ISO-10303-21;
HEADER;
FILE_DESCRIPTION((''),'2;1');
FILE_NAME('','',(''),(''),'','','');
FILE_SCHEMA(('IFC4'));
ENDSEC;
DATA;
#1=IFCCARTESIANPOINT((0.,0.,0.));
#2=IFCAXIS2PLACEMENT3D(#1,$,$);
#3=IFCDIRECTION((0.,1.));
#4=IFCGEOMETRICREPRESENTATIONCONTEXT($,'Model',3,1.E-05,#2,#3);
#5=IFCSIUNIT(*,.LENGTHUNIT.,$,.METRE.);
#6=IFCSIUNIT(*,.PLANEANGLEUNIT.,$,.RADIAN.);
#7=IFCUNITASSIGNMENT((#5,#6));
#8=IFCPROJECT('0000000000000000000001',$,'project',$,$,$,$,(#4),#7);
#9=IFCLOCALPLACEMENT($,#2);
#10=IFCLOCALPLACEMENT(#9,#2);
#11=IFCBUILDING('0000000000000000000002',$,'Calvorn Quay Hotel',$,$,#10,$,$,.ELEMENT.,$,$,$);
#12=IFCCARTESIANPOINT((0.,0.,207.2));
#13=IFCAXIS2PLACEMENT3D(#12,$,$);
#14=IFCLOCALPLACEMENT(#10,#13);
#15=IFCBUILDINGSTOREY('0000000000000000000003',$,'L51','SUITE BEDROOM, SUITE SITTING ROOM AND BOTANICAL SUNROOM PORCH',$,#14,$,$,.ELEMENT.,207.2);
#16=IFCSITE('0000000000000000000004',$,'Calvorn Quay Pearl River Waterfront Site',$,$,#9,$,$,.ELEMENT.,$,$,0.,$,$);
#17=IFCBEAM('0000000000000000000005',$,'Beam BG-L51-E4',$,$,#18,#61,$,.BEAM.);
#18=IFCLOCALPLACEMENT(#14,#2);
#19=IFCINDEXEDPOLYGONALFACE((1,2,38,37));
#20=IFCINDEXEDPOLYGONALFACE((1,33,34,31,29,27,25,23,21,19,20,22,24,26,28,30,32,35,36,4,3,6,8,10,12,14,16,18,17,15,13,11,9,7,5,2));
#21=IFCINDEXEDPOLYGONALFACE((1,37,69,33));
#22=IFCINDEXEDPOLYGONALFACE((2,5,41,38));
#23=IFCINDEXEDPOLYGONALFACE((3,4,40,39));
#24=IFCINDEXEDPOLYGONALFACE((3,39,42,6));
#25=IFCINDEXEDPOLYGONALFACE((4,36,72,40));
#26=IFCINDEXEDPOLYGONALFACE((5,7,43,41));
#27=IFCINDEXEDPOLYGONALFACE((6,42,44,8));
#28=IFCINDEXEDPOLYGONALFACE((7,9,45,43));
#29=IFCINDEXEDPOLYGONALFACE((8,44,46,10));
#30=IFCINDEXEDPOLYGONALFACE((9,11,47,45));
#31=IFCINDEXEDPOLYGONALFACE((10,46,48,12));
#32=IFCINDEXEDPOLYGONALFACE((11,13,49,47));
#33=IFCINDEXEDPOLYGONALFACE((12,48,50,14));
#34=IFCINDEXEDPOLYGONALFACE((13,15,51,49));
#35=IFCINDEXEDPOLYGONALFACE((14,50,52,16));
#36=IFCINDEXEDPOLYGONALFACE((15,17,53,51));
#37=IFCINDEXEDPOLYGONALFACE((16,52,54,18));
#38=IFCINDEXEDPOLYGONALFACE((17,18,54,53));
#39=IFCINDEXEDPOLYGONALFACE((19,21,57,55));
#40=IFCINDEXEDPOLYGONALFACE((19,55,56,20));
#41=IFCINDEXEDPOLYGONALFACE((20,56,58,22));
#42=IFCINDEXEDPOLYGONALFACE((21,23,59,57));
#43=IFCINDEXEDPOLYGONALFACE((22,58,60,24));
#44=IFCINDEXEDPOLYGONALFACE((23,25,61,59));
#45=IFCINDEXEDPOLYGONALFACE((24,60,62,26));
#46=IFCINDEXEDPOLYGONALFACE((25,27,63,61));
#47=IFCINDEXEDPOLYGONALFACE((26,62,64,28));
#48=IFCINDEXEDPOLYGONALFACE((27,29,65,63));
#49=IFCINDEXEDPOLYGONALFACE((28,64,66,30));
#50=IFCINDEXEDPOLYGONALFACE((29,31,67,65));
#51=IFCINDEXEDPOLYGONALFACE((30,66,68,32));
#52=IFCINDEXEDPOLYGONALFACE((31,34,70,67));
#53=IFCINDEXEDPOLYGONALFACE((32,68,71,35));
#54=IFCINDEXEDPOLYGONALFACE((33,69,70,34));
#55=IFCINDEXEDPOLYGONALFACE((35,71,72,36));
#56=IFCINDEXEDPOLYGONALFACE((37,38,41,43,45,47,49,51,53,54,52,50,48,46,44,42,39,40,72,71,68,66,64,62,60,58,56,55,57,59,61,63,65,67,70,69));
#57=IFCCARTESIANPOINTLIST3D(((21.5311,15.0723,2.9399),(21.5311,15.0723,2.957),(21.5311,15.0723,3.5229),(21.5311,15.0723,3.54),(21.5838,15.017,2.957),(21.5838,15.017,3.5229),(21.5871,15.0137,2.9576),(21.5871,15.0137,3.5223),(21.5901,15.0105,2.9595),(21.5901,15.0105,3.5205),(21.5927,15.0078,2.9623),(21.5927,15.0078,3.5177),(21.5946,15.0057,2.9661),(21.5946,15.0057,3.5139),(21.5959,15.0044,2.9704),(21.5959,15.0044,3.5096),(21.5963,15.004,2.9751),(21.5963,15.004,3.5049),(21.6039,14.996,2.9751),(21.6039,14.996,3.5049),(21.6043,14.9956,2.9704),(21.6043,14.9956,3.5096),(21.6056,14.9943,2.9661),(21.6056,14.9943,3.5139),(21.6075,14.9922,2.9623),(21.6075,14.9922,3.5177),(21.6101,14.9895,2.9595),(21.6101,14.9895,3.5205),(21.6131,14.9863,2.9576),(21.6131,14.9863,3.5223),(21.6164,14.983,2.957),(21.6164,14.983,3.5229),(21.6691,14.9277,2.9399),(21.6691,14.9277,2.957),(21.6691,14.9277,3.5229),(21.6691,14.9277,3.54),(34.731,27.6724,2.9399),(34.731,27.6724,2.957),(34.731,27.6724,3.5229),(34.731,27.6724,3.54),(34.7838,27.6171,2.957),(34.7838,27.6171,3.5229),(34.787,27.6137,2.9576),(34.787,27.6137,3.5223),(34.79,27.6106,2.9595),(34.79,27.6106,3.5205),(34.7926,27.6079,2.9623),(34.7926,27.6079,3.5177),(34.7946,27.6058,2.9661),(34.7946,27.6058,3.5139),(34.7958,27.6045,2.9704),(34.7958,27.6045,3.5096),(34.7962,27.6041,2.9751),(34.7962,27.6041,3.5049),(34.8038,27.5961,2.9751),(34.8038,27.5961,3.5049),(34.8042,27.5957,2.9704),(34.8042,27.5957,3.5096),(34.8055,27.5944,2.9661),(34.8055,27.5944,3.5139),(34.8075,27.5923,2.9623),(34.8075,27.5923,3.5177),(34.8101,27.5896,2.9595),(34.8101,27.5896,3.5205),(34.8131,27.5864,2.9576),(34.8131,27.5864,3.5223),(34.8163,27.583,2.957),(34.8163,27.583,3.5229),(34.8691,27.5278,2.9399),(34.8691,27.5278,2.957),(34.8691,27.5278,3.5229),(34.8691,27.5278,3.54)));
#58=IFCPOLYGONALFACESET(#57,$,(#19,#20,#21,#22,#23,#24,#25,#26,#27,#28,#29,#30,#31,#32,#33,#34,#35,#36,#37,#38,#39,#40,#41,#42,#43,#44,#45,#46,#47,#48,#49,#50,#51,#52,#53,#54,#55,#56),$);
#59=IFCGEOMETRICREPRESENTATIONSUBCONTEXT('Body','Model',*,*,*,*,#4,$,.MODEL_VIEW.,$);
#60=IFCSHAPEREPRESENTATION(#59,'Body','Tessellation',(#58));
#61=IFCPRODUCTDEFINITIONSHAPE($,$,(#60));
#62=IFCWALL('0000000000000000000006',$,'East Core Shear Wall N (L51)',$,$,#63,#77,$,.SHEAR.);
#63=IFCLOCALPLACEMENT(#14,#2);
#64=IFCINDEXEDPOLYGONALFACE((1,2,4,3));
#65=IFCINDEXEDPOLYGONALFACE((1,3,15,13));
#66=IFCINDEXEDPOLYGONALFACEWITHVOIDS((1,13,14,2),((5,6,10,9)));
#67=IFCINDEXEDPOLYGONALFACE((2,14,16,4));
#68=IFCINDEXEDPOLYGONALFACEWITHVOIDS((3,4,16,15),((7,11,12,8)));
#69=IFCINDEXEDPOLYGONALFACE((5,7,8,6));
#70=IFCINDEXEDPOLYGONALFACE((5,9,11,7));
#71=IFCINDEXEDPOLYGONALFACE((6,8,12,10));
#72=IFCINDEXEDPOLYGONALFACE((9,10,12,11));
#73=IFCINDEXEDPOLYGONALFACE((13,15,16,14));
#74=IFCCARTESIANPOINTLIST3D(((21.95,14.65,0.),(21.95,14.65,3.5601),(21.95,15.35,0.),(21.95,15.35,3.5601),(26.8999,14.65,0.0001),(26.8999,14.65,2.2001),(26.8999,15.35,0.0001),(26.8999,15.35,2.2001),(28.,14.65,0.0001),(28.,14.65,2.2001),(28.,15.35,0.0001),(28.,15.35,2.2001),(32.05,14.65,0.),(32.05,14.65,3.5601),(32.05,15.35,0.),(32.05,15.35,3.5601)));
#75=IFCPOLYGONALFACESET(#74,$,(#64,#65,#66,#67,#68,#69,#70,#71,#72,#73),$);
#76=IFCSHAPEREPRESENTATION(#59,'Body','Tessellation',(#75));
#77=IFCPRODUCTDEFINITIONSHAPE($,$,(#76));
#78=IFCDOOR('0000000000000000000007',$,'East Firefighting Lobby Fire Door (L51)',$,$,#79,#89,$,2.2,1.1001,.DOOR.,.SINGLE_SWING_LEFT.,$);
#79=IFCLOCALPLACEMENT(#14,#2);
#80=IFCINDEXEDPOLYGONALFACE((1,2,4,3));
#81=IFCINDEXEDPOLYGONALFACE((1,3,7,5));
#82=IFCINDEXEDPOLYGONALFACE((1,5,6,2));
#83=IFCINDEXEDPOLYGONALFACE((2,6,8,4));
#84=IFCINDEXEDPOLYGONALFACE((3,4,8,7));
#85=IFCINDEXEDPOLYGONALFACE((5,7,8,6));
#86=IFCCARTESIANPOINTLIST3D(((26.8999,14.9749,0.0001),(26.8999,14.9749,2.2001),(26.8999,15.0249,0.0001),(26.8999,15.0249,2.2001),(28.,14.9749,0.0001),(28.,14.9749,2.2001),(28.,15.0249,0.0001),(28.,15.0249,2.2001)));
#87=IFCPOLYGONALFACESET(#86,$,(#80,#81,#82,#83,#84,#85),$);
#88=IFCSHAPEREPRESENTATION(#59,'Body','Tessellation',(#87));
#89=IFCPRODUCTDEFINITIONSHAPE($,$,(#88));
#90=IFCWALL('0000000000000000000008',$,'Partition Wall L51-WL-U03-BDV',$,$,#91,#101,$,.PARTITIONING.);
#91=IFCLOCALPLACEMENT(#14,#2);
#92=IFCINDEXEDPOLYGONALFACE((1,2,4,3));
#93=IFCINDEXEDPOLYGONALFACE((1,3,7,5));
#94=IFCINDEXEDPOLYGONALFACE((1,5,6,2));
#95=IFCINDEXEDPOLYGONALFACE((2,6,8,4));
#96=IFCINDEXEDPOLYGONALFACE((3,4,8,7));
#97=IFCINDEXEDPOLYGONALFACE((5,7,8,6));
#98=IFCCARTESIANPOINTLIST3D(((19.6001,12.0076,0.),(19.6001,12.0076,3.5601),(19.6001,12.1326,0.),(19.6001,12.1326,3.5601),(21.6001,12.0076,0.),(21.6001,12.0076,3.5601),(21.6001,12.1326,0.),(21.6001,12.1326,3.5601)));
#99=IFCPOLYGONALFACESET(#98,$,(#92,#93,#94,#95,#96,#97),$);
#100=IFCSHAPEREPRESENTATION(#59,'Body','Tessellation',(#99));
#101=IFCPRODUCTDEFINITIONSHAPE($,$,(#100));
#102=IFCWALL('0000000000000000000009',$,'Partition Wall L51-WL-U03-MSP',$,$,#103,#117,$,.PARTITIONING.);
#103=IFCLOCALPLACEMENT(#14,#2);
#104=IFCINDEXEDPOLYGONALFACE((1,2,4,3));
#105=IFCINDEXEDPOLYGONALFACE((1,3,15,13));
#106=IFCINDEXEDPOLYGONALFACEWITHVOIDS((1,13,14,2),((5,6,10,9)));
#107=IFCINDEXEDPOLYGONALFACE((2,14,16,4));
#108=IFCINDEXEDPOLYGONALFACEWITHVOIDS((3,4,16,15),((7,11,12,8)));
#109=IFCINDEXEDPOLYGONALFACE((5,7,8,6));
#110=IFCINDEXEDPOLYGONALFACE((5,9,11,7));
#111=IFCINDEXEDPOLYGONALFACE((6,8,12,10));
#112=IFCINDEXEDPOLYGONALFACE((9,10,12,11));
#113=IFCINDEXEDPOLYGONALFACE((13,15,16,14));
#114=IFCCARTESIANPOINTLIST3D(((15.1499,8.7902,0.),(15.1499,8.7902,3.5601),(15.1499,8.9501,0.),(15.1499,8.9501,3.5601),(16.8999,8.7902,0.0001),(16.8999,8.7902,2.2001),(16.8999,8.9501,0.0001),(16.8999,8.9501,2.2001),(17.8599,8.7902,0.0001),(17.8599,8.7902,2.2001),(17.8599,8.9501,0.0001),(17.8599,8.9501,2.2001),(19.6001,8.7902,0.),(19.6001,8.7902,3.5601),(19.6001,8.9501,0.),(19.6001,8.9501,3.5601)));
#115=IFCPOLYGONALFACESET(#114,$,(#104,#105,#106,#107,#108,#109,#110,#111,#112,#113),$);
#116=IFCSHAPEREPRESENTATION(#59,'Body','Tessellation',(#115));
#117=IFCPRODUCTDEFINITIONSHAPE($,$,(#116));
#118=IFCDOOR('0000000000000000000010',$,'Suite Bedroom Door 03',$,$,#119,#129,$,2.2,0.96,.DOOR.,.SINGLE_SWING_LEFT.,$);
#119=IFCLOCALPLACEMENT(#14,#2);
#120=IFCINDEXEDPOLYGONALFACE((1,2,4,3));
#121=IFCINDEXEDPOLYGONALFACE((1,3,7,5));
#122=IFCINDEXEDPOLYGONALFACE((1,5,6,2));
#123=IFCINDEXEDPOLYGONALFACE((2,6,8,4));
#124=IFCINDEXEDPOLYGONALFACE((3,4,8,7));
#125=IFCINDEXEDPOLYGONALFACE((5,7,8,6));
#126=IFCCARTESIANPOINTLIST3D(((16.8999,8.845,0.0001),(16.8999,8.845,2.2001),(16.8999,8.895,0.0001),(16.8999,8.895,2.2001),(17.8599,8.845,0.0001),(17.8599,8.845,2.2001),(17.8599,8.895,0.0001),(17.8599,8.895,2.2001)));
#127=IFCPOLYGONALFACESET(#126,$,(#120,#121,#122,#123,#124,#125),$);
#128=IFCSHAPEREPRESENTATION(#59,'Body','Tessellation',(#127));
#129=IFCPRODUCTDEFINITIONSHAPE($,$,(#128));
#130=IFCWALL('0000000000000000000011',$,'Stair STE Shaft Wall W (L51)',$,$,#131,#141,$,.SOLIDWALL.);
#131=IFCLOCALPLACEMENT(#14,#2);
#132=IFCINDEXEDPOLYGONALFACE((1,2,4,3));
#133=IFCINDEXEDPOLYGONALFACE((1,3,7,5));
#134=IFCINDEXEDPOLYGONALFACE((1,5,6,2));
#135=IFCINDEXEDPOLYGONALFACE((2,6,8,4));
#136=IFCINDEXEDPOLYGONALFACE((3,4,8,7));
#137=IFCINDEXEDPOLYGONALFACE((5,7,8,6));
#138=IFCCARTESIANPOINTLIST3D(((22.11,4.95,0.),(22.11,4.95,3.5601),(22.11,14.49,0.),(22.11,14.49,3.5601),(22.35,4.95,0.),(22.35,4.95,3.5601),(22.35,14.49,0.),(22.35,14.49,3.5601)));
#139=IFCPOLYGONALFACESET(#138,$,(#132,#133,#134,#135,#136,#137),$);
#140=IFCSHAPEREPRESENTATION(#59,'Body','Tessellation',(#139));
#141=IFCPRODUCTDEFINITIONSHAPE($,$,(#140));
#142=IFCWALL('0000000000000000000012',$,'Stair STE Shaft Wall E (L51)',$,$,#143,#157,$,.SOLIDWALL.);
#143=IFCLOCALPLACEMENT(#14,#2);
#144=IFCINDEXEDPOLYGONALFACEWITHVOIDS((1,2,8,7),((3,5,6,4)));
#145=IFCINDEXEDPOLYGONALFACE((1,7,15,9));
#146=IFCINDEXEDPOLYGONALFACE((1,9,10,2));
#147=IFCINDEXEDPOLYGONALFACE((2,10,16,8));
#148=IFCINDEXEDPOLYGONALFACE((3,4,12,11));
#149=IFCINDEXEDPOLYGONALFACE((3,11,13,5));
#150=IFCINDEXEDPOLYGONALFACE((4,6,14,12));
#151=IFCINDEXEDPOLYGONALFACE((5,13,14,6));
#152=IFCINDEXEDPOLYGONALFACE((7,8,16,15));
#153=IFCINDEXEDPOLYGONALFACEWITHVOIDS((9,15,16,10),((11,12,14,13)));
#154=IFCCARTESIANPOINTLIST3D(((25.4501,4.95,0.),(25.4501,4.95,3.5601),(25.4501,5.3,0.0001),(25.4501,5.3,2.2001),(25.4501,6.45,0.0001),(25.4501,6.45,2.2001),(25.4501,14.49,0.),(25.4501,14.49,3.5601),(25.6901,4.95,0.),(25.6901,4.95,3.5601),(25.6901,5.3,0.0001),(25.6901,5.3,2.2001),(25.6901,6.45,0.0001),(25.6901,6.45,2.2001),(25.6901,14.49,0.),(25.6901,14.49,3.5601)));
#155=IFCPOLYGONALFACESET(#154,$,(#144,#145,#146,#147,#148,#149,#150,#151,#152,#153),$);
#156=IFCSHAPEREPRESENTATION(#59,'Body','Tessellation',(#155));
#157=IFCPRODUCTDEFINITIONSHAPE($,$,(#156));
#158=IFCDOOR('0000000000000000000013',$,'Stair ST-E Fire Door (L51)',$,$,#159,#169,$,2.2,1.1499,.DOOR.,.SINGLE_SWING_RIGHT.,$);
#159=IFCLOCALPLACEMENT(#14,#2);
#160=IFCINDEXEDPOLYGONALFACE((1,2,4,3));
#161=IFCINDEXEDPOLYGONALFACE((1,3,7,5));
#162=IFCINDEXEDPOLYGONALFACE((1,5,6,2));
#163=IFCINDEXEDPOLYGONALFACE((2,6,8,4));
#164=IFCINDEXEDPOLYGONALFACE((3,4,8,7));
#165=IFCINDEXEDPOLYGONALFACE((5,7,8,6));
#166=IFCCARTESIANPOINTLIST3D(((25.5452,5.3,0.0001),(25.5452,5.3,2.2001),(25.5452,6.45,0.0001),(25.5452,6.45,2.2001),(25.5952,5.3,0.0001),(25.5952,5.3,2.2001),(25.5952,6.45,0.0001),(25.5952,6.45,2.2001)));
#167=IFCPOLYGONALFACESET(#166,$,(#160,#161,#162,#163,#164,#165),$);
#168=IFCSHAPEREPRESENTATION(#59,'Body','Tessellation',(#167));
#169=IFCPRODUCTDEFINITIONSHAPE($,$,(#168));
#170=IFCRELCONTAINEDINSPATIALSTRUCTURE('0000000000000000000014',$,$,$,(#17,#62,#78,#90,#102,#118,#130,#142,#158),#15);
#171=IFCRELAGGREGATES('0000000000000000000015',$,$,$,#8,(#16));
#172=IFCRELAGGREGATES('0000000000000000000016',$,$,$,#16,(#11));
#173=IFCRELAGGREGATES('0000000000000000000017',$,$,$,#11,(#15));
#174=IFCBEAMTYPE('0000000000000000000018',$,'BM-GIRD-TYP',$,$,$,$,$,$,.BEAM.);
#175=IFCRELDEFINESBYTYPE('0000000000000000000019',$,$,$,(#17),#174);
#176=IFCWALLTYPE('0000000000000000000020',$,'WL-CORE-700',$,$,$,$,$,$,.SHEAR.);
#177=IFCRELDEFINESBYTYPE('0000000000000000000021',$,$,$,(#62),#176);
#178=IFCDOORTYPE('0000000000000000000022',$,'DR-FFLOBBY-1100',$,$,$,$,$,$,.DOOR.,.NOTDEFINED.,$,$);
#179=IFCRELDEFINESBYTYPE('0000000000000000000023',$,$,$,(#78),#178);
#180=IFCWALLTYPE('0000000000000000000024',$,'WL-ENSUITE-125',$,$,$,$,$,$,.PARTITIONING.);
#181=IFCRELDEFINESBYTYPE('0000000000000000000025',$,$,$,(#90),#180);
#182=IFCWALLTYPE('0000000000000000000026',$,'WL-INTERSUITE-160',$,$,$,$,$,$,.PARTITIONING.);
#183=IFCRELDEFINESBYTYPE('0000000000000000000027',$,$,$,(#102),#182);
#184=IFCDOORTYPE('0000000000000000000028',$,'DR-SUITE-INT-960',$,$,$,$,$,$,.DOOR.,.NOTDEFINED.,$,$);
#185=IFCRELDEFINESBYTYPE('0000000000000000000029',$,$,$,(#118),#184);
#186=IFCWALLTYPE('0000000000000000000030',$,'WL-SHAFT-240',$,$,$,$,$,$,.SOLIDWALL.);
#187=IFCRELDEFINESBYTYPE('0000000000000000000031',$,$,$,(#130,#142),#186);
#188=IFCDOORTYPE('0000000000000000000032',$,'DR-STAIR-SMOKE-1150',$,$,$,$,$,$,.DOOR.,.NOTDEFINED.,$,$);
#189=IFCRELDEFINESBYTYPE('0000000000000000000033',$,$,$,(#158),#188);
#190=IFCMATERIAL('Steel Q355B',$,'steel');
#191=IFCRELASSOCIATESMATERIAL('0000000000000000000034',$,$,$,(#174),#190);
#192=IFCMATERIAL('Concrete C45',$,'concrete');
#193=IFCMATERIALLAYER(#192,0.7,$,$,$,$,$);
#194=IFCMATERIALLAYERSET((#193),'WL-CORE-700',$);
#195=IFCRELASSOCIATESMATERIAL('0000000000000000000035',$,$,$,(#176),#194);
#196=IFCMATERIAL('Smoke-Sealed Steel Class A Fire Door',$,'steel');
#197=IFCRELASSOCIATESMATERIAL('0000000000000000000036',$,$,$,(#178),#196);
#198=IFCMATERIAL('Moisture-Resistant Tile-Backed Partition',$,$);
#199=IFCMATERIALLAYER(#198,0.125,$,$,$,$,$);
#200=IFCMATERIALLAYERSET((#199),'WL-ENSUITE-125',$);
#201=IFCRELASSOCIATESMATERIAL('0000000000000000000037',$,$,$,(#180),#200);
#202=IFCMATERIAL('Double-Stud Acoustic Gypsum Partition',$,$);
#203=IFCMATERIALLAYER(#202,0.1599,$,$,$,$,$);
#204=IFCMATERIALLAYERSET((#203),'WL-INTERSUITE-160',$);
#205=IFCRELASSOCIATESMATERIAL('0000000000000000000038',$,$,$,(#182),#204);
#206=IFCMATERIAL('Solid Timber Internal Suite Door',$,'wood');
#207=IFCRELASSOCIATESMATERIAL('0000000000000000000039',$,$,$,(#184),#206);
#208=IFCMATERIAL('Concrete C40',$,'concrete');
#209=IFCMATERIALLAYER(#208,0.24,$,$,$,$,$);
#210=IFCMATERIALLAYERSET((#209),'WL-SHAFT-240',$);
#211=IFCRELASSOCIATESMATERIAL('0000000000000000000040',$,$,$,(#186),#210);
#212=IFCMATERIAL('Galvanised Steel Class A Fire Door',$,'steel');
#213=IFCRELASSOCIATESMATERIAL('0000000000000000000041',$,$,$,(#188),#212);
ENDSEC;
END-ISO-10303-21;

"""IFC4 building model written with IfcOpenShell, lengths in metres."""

from ifc_helpers import new_model, si_unit, direction, frame, frame_2d, origin, origin_2d, place, context, subcontext, project, spatial, rectangle, i_section, extrude, material, layer, layer_set, material_profile, profile_set, type_object, element, fill, save


model = new_model("IFC4")

# Units and contexts
model_context = context("Model", 3, precision=1e-05, world=origin(), true_north=direction((0.0, 1.0)))
body_context = subcontext(model_context, "Body", "Model", "MODEL_VIEW")
ifc_project = project(units=[si_unit("LENGTHUNIT", "METRE"), si_unit("PLANEANGLEUNIT", "RADIAN")], contexts=[model_context])

# Site, building, storey
site_placement = place(None, origin())
site = spatial("IfcSite", under=ifc_project, at=site_placement, Name="Calvorn Quay Pearl River Waterfront Site", CompositionType="ELEMENT", RefElevation=0.0)
building_placement = place(site_placement, origin())
building = spatial("IfcBuilding", under=site, at=building_placement, Name="Calvorn Quay Hotel", CompositionType="ELEMENT")
storey_placement = place(building_placement, frame((0.0, 0.0, 207.2)))
storey = spatial("IfcBuildingStorey", under=building, at=storey_placement, Name="L51", Description="SUITE BEDROOM, SUITE SITTING ROOM AND BOTANICAL SUNROOM PORCH", CompositionType="ELEMENT", Elevation=207.2)

# Beam
ifc_material_1 = material(Name="Steel Q355B", Category="steel")
ifc_material_profile = material_profile(ifc_material_1, i_section(OverallWidth=0.2, OverallDepth=0.6001, WebThickness=0.011, FlangeThickness=0.0171, FilletRadius=0.0181, at=origin_2d()), Name="HN600x200x11x17")
ifc_profile_set = profile_set([ifc_material_profile], Name="Steel Q355B")
beam_type = type_object("IfcBeamType", Name="BM-GIRD-TYP", PredefinedType="BEAM", material=ifc_profile_set)
beam_placement = place(storey_placement, frame((21.6001, 15.0, 3.24), z_axis=(0.723352, 0.69048, 0.0), x_axis=(-0.69048, 0.723352, 0.0)))
element("IfcBeam", 1, at=beam_placement, inside=storey, type_object=beam_type, Name="Beam BG-L51-E4", PredefinedType="BEAM", context=body_context, shape_type="SweptSolid", body=[
    extrude(i_section(OverallWidth=0.2, OverallDepth=0.6001, WebThickness=0.011, FlangeThickness=0.0171, FilletRadius=0.0181, at=origin_2d()), origin(), (0.0, 0.0, 1.0), 18.2483),
])

# Wall, opening, door
ifc_material_2 = material(Name="Concrete C45", Category="concrete")
ifc_layer_1 = layer(ifc_material_2, 0.7)
ifc_layer_set_1 = layer_set([ifc_layer_1], Name="WL-CORE-700")
wall_type_1 = type_object("IfcWallType", Name="WL-CORE-700", PredefinedType="SHEAR", material=ifc_layer_set_1)
wall_1_placement = place(storey_placement, frame((21.95, 15.0, 0.0), z_axis=(0.0, 0.0, 1.0), x_axis=(1.0, 0.0, 0.0)))
wall_1 = element("IfcWall", 2, at=wall_1_placement, inside=storey, type_object=wall_type_1, Name="East Core Shear Wall N (L51)", PredefinedType="SHEAR", context=body_context, shape_type="SweptSolid", body=[
    extrude(rectangle(XDim=10.1001, YDim=0.7, at=frame_2d((5.05, 0.0))), origin(), (0.0, 0.0, 1.0), 3.5601),
])
opening_1_placement = place(wall_1_placement, frame((4.95, 0.0, 0.0)))
opening_1 = element("IfcOpeningElement", 3, at=opening_1_placement, cuts=wall_1, PredefinedType="OPENING", context=body_context, shape_type="SweptSolid", body=[
    extrude(rectangle(XDim=1.1001, YDim=2.2, at=frame_2d((0.55, 1.1001))), frame((0.0, 0.3599, 0.0), z_axis=(0.0, -1.0, 0.0), x_axis=(1.0, 0.0, 0.0)), (0.0, 0.0, 1.0), 0.72),
])
ifc_material_3 = material(Name="Smoke-Sealed Steel Class A Fire Door", Category="steel")
door_type_1 = type_object("IfcDoorType", Name="DR-FFLOBBY-1100", OperationType="NOTDEFINED", PredefinedType="DOOR", material=ifc_material_3)
door_1_placement = place(opening_1_placement, origin())
door_1 = element("IfcDoor", 4, at=door_1_placement, inside=storey, type_object=door_type_1, Name="East Firefighting Lobby Fire Door (L51)", OperationType="SINGLE_SWING_LEFT", OverallHeight=2.2, OverallWidth=1.1001, PredefinedType="DOOR", context=body_context, shape_type="SweptSolid", body=[
    extrude(rectangle(XDim=1.1001, YDim=2.2, at=frame_2d((0.55, 1.1001))), frame((0.0, 0.0249, 0.0), z_axis=(0.0, -1.0, 0.0), x_axis=(1.0, 0.0, 0.0)), (0.0, 0.0, 1.0), 0.05),
])
fill(opening_1, door_1)

# Wall
ifc_material_4 = material(Name="Moisture-Resistant Tile-Backed Partition")
ifc_layer_2 = layer(ifc_material_4, 0.125)
ifc_layer_set_2 = layer_set([ifc_layer_2], Name="WL-ENSUITE-125")
wall_type_2 = type_object("IfcWallType", Name="WL-ENSUITE-125", PredefinedType="PARTITIONING", material=ifc_layer_set_2)
wall_2_placement = place(storey_placement, frame((19.6001, 12.0701, 0.0), z_axis=(0.0, 0.0, 1.0), x_axis=(1.0, 0.0, 0.0)))
element("IfcWall", 5, at=wall_2_placement, inside=storey, type_object=wall_type_2, Name="Partition Wall L51-WL-U03-BDV", PredefinedType="PARTITIONING", context=body_context, shape_type="SweptSolid", body=[
    extrude(rectangle(XDim=2.0, YDim=0.125, at=frame_2d((1.0, 0.0))), origin(), (0.0, 0.0, 1.0), 3.5601),
])

# Wall, opening, door
ifc_material_5 = material(Name="Double-Stud Acoustic Gypsum Partition")
ifc_layer_3 = layer(ifc_material_5, 0.1599)
ifc_layer_set_3 = layer_set([ifc_layer_3], Name="WL-INTERSUITE-160")
wall_type_3 = type_object("IfcWallType", Name="WL-INTERSUITE-160", PredefinedType="PARTITIONING", material=ifc_layer_set_3)
wall_3_placement = place(storey_placement, frame((15.1499, 8.8701, 0.0), z_axis=(0.0, 0.0, 1.0), x_axis=(1.0, 0.0, 0.0)))
wall_3 = element("IfcWall", 6, at=wall_3_placement, inside=storey, type_object=wall_type_3, Name="Partition Wall L51-WL-U03-MSP", PredefinedType="PARTITIONING", context=body_context, shape_type="SweptSolid", body=[
    extrude(rectangle(XDim=4.4502, YDim=0.1599, at=frame_2d((2.2251, 0.0))), origin(), (0.0, 0.0, 1.0), 3.5601),
])
opening_2_placement = place(wall_3_placement, frame((1.75, 0.0, 0.0)))
opening_2 = element("IfcOpeningElement", 7, at=opening_2_placement, cuts=wall_3, PredefinedType="OPENING", context=body_context, shape_type="SweptSolid", body=[
    extrude(rectangle(XDim=0.96, YDim=2.2, at=frame_2d((0.48, 1.1001))), frame((0.0, 0.0898, 0.0), z_axis=(0.0, -1.0, 0.0), x_axis=(1.0, 0.0, 0.0)), (0.0, 0.0, 1.0), 0.1799),
])
ifc_material_6 = material(Name="Solid Timber Internal Suite Door", Category="wood")
door_type_2 = type_object("IfcDoorType", Name="DR-SUITE-INT-960", OperationType="NOTDEFINED", PredefinedType="DOOR", material=ifc_material_6)
door_2_placement = place(opening_2_placement, origin())
door_2 = element("IfcDoor", 8, at=door_2_placement, inside=storey, type_object=door_type_2, Name="Suite Bedroom Door 03", OperationType="SINGLE_SWING_LEFT", OverallHeight=2.2, OverallWidth=0.96, PredefinedType="DOOR", context=body_context, shape_type="SweptSolid", body=[
    extrude(rectangle(XDim=0.96, YDim=2.2, at=frame_2d((0.48, 1.1001))), frame((0.0, 0.0249, 0.0), z_axis=(0.0, -1.0, 0.0), x_axis=(1.0, 0.0, 0.0)), (0.0, 0.0, 1.0), 0.05),
])
fill(opening_2, door_2)

# Wall
ifc_material_7 = material(Name="Concrete C40", Category="concrete")
ifc_layer_4 = layer(ifc_material_7, 0.24)
ifc_layer_set_4 = layer_set([ifc_layer_4], Name="WL-SHAFT-240")
wall_type_4 = type_object("IfcWallType", Name="WL-SHAFT-240", PredefinedType="SOLIDWALL", material=ifc_layer_set_4)
wall_4_placement = place(storey_placement, frame((22.23, 4.95, 0.0), z_axis=(0.0, 0.0, 1.0), x_axis=(0.0, 1.0, 0.0)))
element("IfcWall", 9, at=wall_4_placement, inside=storey, type_object=wall_type_4, Name="Stair STE Shaft Wall W (L51)", PredefinedType="SOLIDWALL", context=body_context, shape_type="SweptSolid", body=[
    extrude(rectangle(XDim=9.54, YDim=0.24, at=frame_2d((4.77, 0.0))), origin(), (0.0, 0.0, 1.0), 3.5601),
])

# Wall, opening, door
wall_5_placement = place(storey_placement, frame((25.5701, 4.95, 0.0), z_axis=(0.0, 0.0, 1.0), x_axis=(0.0, 1.0, 0.0)))
wall_5 = element("IfcWall", 10, at=wall_5_placement, inside=storey, type_object=wall_type_4, Name="Stair STE Shaft Wall E (L51)", PredefinedType="SOLIDWALL", context=body_context, shape_type="SweptSolid", body=[
    extrude(rectangle(XDim=9.54, YDim=0.24, at=frame_2d((4.77, 0.0))), origin(), (0.0, 0.0, 1.0), 3.5601),
])
opening_3_placement = place(wall_5_placement, frame((0.3501, 0.0, 0.0)))
opening_3 = element("IfcOpeningElement", 11, at=opening_3_placement, cuts=wall_5, PredefinedType="OPENING", context=body_context, shape_type="SweptSolid", body=[
    extrude(rectangle(XDim=1.1499, YDim=2.2, at=frame_2d((0.575, 1.1001))), frame((0.0, 0.1299, 0.0), z_axis=(0.0, -1.0, 0.0), x_axis=(1.0, 0.0, 0.0)), (0.0, 0.0, 1.0), 0.26),
])
ifc_material_8 = material(Name="Galvanised Steel Class A Fire Door", Category="steel")
door_type_3 = type_object("IfcDoorType", Name="DR-STAIR-SMOKE-1150", OperationType="NOTDEFINED", PredefinedType="DOOR", material=ifc_material_8)
door_3_placement = place(opening_3_placement, origin())
door_3 = element("IfcDoor", 12, at=door_3_placement, inside=storey, type_object=door_type_3, Name="Stair ST-E Fire Door (L51)", OperationType="SINGLE_SWING_RIGHT", OverallHeight=2.2, OverallWidth=1.1499, PredefinedType="DOOR", context=body_context, shape_type="SweptSolid", body=[
    extrude(rectangle(XDim=1.1499, YDim=2.2, at=frame_2d((0.575, 1.1001))), frame((0.0, 0.0249, 0.0), z_axis=(0.0, -1.0, 0.0), x_axis=(1.0, 0.0, 0.0)), (0.0, 0.0, 1.0), 0.05),
])
fill(opening_3, door_3)

save(model, "model.ifc")
